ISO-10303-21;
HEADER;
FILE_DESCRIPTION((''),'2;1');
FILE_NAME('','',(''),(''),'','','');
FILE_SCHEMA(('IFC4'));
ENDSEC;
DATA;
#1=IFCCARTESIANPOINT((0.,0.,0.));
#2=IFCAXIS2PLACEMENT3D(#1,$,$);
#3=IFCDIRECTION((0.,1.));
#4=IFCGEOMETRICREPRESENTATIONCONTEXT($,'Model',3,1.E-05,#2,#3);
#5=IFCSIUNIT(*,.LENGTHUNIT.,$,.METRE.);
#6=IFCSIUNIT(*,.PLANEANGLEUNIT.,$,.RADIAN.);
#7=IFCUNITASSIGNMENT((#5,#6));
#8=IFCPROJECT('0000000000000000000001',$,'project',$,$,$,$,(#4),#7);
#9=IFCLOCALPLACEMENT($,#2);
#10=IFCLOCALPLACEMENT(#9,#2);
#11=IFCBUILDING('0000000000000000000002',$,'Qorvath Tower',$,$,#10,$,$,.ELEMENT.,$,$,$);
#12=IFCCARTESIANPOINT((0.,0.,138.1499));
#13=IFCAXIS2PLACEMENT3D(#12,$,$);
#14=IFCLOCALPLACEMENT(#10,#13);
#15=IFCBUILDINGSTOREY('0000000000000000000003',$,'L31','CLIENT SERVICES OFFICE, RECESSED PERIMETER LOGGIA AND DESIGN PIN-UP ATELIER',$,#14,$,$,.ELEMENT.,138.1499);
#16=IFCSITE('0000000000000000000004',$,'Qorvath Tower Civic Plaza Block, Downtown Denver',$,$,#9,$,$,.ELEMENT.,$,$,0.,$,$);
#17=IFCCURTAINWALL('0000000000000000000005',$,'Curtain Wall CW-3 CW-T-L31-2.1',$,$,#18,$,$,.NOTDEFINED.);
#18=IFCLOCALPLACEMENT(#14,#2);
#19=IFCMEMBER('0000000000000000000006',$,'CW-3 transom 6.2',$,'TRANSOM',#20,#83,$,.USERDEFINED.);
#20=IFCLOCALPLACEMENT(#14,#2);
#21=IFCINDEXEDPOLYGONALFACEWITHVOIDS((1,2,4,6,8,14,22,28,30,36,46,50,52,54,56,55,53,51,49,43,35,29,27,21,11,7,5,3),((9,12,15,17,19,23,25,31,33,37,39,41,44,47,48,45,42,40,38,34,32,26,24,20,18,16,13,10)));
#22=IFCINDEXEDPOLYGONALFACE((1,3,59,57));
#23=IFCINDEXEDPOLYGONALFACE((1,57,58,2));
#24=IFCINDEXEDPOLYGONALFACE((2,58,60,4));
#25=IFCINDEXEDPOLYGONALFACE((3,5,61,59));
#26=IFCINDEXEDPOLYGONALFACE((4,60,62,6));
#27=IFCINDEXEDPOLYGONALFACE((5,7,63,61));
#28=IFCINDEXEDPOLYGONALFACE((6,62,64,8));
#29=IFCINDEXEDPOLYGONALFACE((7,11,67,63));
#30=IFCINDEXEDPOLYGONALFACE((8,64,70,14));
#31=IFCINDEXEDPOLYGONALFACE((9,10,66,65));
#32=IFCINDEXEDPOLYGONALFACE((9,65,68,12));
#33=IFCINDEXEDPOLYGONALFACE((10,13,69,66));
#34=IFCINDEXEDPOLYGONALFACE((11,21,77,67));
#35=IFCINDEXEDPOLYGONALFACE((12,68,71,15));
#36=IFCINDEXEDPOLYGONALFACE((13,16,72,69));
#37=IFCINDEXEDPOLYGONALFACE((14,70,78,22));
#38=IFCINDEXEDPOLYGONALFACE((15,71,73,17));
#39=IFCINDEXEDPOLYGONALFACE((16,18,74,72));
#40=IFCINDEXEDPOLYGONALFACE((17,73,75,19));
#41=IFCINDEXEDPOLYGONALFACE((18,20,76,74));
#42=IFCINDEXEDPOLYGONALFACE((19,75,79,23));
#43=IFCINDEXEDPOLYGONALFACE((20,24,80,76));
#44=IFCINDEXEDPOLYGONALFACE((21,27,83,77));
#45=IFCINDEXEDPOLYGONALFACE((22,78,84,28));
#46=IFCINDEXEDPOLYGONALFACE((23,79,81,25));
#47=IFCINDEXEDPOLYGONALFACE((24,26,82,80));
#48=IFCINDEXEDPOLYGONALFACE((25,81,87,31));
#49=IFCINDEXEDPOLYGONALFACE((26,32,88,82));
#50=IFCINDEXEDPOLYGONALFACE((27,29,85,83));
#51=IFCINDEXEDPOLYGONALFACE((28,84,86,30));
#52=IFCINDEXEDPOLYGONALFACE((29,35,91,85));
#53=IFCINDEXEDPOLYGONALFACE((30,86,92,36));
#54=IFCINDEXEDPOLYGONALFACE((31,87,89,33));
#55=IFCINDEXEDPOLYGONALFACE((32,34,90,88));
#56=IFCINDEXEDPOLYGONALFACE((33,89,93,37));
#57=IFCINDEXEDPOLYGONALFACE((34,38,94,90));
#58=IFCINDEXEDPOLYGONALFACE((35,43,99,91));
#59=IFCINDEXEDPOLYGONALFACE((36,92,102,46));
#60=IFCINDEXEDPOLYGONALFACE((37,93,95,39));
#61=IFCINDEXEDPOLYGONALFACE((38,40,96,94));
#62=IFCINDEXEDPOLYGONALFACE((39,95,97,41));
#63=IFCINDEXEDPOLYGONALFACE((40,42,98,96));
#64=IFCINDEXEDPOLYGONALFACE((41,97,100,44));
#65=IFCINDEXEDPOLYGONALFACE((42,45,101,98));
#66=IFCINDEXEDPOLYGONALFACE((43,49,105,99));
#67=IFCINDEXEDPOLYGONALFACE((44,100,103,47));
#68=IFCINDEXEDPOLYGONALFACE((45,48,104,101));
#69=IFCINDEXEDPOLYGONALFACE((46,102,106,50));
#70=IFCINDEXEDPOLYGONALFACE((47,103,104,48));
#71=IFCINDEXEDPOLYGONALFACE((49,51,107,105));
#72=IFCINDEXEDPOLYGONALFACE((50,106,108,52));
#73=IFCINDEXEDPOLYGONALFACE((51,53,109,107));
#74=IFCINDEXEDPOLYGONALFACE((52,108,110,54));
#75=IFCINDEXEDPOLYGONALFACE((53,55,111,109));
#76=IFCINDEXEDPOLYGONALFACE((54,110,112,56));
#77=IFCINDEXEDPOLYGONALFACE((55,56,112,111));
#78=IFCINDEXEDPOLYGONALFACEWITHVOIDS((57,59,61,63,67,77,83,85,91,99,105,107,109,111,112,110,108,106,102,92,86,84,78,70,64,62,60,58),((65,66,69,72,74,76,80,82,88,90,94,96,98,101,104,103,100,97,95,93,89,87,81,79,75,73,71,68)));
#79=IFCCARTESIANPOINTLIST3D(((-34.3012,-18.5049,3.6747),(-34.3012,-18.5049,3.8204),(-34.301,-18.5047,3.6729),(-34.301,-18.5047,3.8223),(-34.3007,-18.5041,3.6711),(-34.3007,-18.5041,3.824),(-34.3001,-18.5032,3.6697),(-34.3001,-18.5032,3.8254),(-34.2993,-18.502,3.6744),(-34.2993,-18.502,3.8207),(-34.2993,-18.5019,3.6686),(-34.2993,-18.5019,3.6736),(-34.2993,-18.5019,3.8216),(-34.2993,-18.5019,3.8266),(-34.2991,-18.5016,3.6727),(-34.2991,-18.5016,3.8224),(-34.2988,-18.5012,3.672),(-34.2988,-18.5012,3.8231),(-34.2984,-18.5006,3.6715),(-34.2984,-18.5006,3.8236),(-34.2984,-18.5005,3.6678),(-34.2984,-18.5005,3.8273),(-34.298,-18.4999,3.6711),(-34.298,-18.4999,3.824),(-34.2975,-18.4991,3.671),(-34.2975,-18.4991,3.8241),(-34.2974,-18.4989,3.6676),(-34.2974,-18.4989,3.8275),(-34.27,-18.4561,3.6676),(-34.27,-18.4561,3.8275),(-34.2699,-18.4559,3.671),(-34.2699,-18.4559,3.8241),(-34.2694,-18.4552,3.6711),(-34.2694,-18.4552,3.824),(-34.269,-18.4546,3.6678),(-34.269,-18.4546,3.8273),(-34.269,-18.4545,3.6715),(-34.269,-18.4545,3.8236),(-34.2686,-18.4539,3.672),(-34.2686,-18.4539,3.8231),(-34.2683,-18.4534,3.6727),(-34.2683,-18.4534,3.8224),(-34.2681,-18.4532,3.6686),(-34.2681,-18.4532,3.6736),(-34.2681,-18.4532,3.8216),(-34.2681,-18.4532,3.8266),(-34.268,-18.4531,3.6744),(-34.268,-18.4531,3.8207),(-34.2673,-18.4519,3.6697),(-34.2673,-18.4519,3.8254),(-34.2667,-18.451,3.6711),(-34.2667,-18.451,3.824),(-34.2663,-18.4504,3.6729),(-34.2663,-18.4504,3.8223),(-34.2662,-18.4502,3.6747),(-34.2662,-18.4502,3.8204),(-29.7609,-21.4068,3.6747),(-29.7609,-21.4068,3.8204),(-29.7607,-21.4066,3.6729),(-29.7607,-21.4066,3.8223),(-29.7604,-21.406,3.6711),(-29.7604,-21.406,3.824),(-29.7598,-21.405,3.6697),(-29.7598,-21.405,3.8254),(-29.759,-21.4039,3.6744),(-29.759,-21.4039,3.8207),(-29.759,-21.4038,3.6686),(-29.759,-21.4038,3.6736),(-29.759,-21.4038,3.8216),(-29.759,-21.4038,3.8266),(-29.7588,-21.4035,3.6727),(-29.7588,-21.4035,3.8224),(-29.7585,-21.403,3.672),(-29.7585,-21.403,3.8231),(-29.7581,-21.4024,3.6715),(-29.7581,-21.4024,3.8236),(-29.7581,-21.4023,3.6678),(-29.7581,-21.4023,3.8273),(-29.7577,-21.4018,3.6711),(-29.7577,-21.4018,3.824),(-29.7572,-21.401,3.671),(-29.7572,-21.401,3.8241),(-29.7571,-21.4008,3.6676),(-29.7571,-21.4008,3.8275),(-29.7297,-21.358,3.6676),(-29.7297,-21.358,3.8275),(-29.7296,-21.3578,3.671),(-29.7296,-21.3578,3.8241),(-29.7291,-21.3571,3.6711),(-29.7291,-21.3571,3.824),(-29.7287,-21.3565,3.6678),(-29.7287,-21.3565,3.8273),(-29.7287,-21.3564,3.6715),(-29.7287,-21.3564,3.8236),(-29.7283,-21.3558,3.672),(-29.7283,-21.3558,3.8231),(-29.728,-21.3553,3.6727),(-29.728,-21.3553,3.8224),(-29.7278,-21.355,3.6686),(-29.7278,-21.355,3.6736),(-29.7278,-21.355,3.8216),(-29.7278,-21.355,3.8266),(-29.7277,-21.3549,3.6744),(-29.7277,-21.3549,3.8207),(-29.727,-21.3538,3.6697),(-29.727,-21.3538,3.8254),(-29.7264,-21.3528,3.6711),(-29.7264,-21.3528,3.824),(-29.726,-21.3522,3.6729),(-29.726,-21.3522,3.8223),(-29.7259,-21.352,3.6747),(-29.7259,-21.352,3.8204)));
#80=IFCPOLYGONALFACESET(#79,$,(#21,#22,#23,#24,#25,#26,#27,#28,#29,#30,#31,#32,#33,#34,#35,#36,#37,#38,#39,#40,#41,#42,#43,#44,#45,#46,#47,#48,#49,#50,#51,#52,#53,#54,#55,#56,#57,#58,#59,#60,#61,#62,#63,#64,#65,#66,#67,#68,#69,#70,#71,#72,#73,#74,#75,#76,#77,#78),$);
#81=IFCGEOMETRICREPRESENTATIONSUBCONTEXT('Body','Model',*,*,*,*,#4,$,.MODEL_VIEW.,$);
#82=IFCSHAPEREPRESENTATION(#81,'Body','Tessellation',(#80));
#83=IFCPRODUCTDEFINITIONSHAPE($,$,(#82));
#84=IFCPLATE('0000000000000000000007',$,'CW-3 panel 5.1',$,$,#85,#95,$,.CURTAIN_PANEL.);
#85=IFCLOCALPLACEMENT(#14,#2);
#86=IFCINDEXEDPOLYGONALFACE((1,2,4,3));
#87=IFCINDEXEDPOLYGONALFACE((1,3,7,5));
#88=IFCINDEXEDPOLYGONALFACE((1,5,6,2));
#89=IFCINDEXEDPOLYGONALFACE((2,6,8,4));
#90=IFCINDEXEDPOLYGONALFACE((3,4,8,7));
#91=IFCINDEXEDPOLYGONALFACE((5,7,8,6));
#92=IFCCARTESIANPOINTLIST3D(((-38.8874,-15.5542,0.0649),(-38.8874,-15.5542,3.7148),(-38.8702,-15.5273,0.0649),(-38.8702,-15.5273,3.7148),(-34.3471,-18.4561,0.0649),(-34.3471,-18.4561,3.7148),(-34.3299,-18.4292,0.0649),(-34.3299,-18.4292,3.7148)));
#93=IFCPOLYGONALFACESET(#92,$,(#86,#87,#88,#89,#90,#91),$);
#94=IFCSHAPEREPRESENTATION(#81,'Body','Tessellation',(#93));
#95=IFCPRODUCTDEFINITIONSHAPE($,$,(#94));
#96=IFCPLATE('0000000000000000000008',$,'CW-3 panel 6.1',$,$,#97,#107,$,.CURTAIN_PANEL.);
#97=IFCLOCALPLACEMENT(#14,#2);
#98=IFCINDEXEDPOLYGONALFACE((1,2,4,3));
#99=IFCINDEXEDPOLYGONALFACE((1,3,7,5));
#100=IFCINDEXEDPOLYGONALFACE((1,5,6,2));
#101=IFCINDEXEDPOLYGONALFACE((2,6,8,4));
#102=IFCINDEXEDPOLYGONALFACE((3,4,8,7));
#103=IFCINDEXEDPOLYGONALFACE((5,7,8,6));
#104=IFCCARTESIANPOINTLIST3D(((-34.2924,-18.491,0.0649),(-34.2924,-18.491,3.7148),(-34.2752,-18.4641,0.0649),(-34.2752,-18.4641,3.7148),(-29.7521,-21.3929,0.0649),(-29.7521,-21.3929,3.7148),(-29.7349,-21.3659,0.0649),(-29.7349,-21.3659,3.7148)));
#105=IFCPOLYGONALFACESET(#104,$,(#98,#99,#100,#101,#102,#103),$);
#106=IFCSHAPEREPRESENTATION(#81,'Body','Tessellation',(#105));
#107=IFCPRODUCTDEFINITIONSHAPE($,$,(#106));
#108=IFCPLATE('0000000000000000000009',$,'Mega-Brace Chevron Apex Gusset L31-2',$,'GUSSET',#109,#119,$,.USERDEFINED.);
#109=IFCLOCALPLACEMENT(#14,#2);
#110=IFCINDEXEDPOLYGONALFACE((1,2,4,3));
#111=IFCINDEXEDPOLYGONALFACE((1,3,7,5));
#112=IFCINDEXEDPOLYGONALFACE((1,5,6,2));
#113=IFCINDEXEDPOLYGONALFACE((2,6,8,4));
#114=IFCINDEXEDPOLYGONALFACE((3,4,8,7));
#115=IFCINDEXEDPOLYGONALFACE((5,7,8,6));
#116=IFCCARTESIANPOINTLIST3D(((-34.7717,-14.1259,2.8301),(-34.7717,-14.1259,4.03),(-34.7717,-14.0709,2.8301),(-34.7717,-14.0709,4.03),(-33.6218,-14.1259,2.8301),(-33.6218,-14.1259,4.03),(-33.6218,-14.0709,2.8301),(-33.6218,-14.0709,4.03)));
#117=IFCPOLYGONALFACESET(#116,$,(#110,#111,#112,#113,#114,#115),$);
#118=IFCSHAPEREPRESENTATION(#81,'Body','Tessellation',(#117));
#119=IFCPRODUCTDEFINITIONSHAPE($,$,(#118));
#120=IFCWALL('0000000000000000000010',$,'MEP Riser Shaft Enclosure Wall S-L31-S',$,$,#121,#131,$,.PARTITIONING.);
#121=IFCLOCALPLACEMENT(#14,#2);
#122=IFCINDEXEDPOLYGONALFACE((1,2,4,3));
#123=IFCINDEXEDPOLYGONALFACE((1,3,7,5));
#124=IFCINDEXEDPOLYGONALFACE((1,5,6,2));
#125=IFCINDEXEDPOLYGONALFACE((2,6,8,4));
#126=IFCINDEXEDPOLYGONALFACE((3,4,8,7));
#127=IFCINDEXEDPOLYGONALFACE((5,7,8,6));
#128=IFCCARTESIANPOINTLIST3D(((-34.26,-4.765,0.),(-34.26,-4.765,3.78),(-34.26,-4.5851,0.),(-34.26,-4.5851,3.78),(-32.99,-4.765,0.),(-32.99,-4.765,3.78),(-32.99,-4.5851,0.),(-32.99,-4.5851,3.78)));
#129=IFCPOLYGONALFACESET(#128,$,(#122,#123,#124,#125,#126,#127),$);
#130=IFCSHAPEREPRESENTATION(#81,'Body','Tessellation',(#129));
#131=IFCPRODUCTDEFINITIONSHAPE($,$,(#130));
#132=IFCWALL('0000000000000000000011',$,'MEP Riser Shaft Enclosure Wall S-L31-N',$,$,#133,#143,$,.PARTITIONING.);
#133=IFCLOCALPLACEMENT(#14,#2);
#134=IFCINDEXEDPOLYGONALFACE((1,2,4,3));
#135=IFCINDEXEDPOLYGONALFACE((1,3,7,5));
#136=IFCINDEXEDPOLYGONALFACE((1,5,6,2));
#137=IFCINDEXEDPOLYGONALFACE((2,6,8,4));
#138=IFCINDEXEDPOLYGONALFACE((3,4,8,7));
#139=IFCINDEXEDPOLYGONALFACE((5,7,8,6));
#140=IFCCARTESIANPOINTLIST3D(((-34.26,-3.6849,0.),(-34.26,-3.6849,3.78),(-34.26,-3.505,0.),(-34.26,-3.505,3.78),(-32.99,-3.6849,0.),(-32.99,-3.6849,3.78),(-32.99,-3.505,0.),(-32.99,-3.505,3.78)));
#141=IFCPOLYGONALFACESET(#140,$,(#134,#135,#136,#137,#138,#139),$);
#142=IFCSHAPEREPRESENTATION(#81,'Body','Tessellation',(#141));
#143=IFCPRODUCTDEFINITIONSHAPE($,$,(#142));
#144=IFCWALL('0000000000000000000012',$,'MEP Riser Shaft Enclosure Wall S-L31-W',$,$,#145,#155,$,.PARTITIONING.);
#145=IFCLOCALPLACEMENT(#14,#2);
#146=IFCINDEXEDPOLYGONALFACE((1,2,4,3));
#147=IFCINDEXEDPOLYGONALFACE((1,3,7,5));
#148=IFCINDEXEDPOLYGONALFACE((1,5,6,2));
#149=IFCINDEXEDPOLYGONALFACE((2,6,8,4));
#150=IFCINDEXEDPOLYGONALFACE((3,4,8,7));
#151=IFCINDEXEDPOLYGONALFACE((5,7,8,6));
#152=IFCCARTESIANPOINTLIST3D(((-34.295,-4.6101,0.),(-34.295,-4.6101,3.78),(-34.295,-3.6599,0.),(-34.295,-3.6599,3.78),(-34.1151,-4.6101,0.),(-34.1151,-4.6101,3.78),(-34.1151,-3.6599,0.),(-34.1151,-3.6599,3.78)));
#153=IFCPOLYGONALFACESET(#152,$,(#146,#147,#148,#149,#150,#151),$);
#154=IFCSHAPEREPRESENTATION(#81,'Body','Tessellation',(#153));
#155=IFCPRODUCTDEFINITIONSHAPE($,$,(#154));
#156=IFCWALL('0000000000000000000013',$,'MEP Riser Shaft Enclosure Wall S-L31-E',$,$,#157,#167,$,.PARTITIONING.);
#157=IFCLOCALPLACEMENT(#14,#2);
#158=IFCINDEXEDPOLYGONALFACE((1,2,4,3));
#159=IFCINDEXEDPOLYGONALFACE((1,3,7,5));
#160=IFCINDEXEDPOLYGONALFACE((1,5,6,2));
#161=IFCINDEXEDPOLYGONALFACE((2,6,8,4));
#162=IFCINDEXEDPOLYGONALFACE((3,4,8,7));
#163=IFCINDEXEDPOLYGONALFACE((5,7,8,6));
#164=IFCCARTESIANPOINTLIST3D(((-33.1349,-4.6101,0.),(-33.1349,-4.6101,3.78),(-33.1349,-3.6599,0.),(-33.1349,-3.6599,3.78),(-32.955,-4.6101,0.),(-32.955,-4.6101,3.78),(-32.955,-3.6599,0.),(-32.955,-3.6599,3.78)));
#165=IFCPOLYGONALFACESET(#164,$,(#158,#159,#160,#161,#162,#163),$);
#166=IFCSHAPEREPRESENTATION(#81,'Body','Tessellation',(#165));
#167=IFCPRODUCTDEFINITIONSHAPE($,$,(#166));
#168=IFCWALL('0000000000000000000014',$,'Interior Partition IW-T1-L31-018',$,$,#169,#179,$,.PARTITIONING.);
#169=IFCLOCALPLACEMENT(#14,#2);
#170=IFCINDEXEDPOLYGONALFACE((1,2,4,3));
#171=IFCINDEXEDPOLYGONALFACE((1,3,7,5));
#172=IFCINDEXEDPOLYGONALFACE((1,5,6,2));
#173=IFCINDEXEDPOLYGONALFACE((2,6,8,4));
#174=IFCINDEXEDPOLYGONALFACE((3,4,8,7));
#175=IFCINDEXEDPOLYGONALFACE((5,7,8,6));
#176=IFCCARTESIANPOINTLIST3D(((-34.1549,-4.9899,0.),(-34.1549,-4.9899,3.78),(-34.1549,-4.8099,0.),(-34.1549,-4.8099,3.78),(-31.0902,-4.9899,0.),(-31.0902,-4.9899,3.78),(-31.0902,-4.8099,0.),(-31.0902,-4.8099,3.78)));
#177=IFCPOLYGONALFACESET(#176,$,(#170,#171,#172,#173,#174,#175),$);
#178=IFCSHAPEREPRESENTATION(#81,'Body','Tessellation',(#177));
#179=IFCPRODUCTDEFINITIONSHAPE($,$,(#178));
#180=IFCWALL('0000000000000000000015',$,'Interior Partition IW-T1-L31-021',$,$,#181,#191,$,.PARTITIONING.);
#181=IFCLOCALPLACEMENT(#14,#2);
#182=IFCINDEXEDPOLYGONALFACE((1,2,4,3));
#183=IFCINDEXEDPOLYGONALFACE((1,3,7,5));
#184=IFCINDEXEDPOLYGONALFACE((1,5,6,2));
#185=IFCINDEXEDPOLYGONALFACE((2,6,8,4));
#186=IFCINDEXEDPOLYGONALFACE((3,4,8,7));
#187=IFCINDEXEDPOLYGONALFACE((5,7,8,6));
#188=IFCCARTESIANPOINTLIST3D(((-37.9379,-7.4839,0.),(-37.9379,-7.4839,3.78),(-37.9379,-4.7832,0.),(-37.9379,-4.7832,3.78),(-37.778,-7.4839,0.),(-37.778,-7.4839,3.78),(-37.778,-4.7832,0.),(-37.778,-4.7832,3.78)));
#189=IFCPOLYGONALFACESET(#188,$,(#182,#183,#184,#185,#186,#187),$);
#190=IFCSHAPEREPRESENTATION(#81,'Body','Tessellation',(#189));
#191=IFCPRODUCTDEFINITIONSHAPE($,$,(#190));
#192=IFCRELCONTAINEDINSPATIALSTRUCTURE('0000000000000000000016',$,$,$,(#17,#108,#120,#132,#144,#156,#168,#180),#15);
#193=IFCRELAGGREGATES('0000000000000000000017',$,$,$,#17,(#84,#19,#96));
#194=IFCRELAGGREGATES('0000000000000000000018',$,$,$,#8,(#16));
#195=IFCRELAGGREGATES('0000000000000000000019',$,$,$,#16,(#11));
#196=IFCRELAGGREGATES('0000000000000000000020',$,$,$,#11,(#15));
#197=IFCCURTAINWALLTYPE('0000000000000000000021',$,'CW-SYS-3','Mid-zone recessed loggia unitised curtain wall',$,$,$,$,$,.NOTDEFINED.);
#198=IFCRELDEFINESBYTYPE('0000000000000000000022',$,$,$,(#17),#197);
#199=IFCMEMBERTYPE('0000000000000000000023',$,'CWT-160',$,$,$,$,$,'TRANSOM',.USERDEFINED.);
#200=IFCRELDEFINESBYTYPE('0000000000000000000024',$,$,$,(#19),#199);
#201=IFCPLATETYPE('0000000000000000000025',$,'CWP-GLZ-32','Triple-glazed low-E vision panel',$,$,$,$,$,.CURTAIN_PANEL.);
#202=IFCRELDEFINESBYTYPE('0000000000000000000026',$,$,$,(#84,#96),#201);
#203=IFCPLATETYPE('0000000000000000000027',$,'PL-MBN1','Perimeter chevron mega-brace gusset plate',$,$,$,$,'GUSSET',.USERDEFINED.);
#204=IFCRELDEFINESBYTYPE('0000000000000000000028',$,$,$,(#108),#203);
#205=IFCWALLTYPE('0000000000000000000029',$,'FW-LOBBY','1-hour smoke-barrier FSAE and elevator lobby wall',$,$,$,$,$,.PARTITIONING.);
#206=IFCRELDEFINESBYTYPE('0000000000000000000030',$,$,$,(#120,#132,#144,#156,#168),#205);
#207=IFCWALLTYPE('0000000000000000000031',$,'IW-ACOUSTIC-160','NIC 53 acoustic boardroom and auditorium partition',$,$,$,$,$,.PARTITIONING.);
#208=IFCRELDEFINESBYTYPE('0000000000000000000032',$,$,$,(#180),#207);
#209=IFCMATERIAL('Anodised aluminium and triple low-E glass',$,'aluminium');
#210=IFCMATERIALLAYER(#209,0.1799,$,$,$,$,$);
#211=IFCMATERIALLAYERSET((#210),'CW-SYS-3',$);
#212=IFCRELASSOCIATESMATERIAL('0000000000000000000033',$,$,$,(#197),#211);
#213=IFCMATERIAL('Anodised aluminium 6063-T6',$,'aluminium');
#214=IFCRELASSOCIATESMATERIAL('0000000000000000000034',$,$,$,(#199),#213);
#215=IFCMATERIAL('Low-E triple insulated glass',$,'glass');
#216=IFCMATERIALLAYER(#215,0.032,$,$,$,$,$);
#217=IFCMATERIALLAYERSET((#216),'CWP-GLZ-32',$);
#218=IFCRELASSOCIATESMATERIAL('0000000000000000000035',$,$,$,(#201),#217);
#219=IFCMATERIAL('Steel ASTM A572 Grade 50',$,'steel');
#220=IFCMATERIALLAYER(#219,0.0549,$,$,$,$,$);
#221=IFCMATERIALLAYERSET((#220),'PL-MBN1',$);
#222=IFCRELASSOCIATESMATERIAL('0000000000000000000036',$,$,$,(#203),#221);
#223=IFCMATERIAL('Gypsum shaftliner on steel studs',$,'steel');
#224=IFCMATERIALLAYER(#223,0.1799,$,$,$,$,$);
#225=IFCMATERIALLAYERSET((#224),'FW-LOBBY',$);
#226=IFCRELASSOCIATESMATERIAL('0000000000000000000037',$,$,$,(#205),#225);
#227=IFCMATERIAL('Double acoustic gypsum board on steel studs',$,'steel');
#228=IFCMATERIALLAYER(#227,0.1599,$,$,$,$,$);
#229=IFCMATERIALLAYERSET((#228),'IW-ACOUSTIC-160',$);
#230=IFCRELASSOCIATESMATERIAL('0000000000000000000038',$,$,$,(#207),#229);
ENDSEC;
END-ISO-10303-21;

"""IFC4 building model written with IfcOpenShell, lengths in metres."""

from ifc_helpers import new_model, si_unit, direction, frame, frame_2d, origin, origin_2d, place, context, subcontext, project, spatial, rectangle, hollow_rectangle, extrude, material, layer, layer_set, material_profile, profile_set, type_object, element, aggregate, save


model = new_model("IFC4")

# Units and contexts
model_context = context("Model", 3, precision=1e-05, world=origin(), true_north=direction((0.0, 1.0)))
body_context = subcontext(model_context, "Body", "Model", "MODEL_VIEW")
ifc_project = project(units=[si_unit("LENGTHUNIT", "METRE"), si_unit("PLANEANGLEUNIT", "RADIAN")], contexts=[model_context])

# Site, building, storey
site_placement = place(None, origin())
site = spatial("IfcSite", under=ifc_project, at=site_placement, Name="Qorvath Tower Civic Plaza Block, Downtown Denver", CompositionType="ELEMENT", RefElevation=0.0)
building_placement = place(site_placement, origin())
building = spatial("IfcBuilding", under=site, at=building_placement, Name="Qorvath Tower", CompositionType="ELEMENT")
storey_placement = place(building_placement, frame((0.0, 0.0, 138.1499)))
storey = spatial("IfcBuildingStorey", under=building, at=storey_placement, Name="L31", Description="CLIENT SERVICES OFFICE, RECESSED PERIMETER LOGGIA AND DESIGN PIN-UP ATELIER", CompositionType="ELEMENT", Elevation=138.1499)

# Curtain wall, member, plates
ifc_material_1 = material(Name="Anodised aluminium and triple low-E glass", Category="aluminium")
ifc_layer_1 = layer(ifc_material_1, 0.1799)
ifc_layer_set_1 = layer_set([ifc_layer_1], Name="CW-SYS-3")
curtain_wall_type = type_object("IfcCurtainWallType", Name="CW-SYS-3", Description="Mid-zone recessed loggia unitised curtain wall", PredefinedType="NOTDEFINED", material=ifc_layer_set_1)
curtain_wall_placement = place(storey_placement, origin())
curtain_wall = element("IfcCurtainWall", 1, at=curtain_wall_placement, inside=storey, type_object=curtain_wall_type, Name="Curtain Wall CW-3 CW-T-L31-2.1", PredefinedType="NOTDEFINED")
ifc_material_2 = material(Name="Anodised aluminium 6063-T6", Category="aluminium")
ifc_material_profile_1 = material_profile(ifc_material_2, hollow_rectangle(XDim=0.0649, YDim=0.1599, WallThickness=0.0034, InnerFilletRadius=0.0034, OuterFilletRadius=0.0071, at=origin_2d()), Name="CWT 160x65")
ifc_profile_set_1 = profile_set([ifc_material_profile_1], Name="Anodised aluminium 6063-T6")
member_type_1 = type_object("IfcMemberType", Name="CWT-160", ElementType="TRANSOM", PredefinedType="USERDEFINED", material=ifc_profile_set_1)
member_1_placement = place(storey_placement, frame((-34.2837, -18.4775, 3.7476), z_axis=(0.842602, -0.538537, 0.0), x_axis=(0.538537, 0.842602, 0.0)))
member_1 = element("IfcMember", 2, at=member_1_placement, type_object=member_type_1, Name="CW-3 transom 6.2", ObjectType="TRANSOM", PredefinedType="USERDEFINED", context=body_context, shape_type="SweptSolid", body=[
    extrude(hollow_rectangle(XDim=0.0649, YDim=0.1599, WallThickness=0.0034, InnerFilletRadius=0.0034, OuterFilletRadius=0.0071, at=origin_2d()), origin(), (0.0, 0.0, 1.0), 5.3884),
])
ifc_material_3 = material(Name="Low-E triple insulated glass", Category="glass")
ifc_layer_2 = layer(ifc_material_3, 0.032)
ifc_layer_set_2 = layer_set([ifc_layer_2], Name="CWP-GLZ-32")
plate_type_1 = type_object("IfcPlateType", Name="CWP-GLZ-32", Description="Triple-glazed low-E vision panel", PredefinedType="CURTAIN_PANEL", material=ifc_layer_set_2)
plate_1_placement = place(storey_placement, frame((-36.6086, -16.9917, 0.0649), z_axis=(0.0, 0.0, 1.0), x_axis=(0.842604, -0.538534, 0.0)))
plate_1 = element("IfcPlate", 3, at=plate_1_placement, type_object=plate_type_1, Name="CW-3 panel 5.1", PredefinedType="CURTAIN_PANEL", context=body_context, shape_type="SweptSolid", body=[
    extrude(rectangle(XDim=5.3884, YDim=0.032, at=origin_2d()), origin(), (0.0, 0.0, 1.0), 3.6499),
])
plate_2_placement = place(storey_placement, frame((-32.0137, -19.9285, 0.0649), z_axis=(0.0, 0.0, 1.0), x_axis=(0.842604, -0.538534, 0.0)))
plate_2 = element("IfcPlate", 4, at=plate_2_placement, type_object=plate_type_1, Name="CW-3 panel 6.1", PredefinedType="CURTAIN_PANEL", context=body_context, shape_type="SweptSolid", body=[
    extrude(rectangle(XDim=5.3884, YDim=0.032, at=origin_2d()), origin(), (0.0, 0.0, 1.0), 3.6499),
])
aggregate(curtain_wall, [plate_1, member_1, plate_2])

# Plate
ifc_material_4 = material(Name="Steel ASTM A572 Grade 50", Category="steel")
ifc_layer_3 = layer(ifc_material_4, 0.0549)
ifc_layer_set_3 = layer_set([ifc_layer_3], Name="PL-MBN1")
plate_type_2 = type_object("IfcPlateType", Name="PL-MBN1", Description="Perimeter chevron mega-brace gusset plate", ElementType="GUSSET", PredefinedType="USERDEFINED", material=ifc_layer_set_3)
plate_3_placement = place(storey_placement, frame((-34.1968, -14.0984, 2.8301), z_axis=(0.0, 0.0, 1.0), x_axis=(1.0, 0.0, 0.0)))
element("IfcPlate", 5, at=plate_3_placement, inside=storey, type_object=plate_type_2, Name="Mega-Brace Chevron Apex Gusset L31-2", ObjectType="GUSSET", PredefinedType="USERDEFINED", context=body_context, shape_type="SweptSolid", body=[
    extrude(rectangle(XDim=1.1499, YDim=0.0549, at=origin_2d()), origin(), (0.0, 0.0, 1.0), 1.2),
])

# Walls
ifc_material_5 = material(Name="Gypsum shaftliner on steel studs", Category="steel")
ifc_layer_4 = layer(ifc_material_5, 0.1799)
ifc_layer_set_4 = layer_set([ifc_layer_4], Name="FW-LOBBY")
wall_type_1 = type_object("IfcWallType", Name="FW-LOBBY", Description="1-hour smoke-barrier FSAE and elevator lobby wall", PredefinedType="PARTITIONING", material=ifc_layer_set_4)
for number, where, z_axis, x_axis, name in (
    (6, (-32.99, -4.675, 0.0), (0.0, 0.0, 1.0), (-1.0, 0.0, 0.0), "MEP Riser Shaft Enclosure Wall S-L31-S"),
    (7, (-34.26, -3.595, 0.0), (0.0, 0.0, 1.0), (1.0, 0.0, 0.0), "MEP Riser Shaft Enclosure Wall S-L31-N"),
):
    element("IfcWall", number, at=place(storey_placement, frame(where, z_axis=z_axis, x_axis=x_axis)), inside=storey, type_object=wall_type_1, Name=name, PredefinedType="PARTITIONING", context=body_context, shape_type="SweptSolid", body=[
        extrude(rectangle(XDim=1.27, YDim=0.1799, at=frame_2d((0.635, 0.0))), origin(), (0.0, 0.0, 1.0), 3.78),
    ])
for number, where, z_axis, x_axis, name in (
    (8, (-34.2051, -4.6101, 0.0), (0.0, 0.0, 1.0), (0.0, 1.0, 0.0), "MEP Riser Shaft Enclosure Wall S-L31-W"),
    (9, (-33.0449, -3.6599, 0.0), (0.0, 0.0, 1.0), (0.0, -1.0, 0.0), "MEP Riser Shaft Enclosure Wall S-L31-E"),
):
    element("IfcWall", number, at=place(storey_placement, frame(where, z_axis=z_axis, x_axis=x_axis)), inside=storey, type_object=wall_type_1, Name=name, PredefinedType="PARTITIONING", context=body_context, shape_type="SweptSolid", body=[
        extrude(rectangle(XDim=0.9502, YDim=0.1799, at=frame_2d((0.4751, 0.0))), origin(), (0.0, 0.0, 1.0), 3.78),
    ])
wall_1_placement = place(storey_placement, frame((-34.1548, -4.8999, 0.0), z_axis=(0.0, 0.0, 1.0), x_axis=(1.0, 0.0, 0.0)))
element("IfcWall", 10, at=wall_1_placement, inside=storey, type_object=wall_type_1, Name="Interior Partition IW-T1-L31-018", PredefinedType="PARTITIONING", context=body_context, shape_type="SweptSolid", body=[
    extrude(rectangle(XDim=3.0647, YDim=0.1799, at=frame_2d((1.5322, 0.0))), origin(), (0.0, 0.0, 1.0), 3.78),
])
ifc_material_6 = material(Name="Double acoustic gypsum board on steel studs", Category="steel")
ifc_layer_5 = layer(ifc_material_6, 0.1599)
ifc_layer_set_5 = layer_set([ifc_layer_5], Name="IW-ACOUSTIC-160")
wall_type_2 = type_object("IfcWallType", Name="IW-ACOUSTIC-160", Description="NIC 53 acoustic boardroom and auditorium partition", PredefinedType="PARTITIONING", material=ifc_layer_set_5)
wall_2_placement = place(storey_placement, frame((-37.8579, -7.4839, 0.0), z_axis=(0.0, 0.0, 1.0), x_axis=(0.0, 1.0, 0.0)))
element("IfcWall", 11, at=wall_2_placement, inside=storey, type_object=wall_type_2, Name="Interior Partition IW-T1-L31-021", PredefinedType="PARTITIONING", context=body_context, shape_type="SweptSolid", body=[
    extrude(rectangle(XDim=2.7007, YDim=0.1599, at=frame_2d((1.3503, 0.0))), origin(), (0.0, 0.0, 1.0), 3.78),
])

save(model, "model.ifc")
